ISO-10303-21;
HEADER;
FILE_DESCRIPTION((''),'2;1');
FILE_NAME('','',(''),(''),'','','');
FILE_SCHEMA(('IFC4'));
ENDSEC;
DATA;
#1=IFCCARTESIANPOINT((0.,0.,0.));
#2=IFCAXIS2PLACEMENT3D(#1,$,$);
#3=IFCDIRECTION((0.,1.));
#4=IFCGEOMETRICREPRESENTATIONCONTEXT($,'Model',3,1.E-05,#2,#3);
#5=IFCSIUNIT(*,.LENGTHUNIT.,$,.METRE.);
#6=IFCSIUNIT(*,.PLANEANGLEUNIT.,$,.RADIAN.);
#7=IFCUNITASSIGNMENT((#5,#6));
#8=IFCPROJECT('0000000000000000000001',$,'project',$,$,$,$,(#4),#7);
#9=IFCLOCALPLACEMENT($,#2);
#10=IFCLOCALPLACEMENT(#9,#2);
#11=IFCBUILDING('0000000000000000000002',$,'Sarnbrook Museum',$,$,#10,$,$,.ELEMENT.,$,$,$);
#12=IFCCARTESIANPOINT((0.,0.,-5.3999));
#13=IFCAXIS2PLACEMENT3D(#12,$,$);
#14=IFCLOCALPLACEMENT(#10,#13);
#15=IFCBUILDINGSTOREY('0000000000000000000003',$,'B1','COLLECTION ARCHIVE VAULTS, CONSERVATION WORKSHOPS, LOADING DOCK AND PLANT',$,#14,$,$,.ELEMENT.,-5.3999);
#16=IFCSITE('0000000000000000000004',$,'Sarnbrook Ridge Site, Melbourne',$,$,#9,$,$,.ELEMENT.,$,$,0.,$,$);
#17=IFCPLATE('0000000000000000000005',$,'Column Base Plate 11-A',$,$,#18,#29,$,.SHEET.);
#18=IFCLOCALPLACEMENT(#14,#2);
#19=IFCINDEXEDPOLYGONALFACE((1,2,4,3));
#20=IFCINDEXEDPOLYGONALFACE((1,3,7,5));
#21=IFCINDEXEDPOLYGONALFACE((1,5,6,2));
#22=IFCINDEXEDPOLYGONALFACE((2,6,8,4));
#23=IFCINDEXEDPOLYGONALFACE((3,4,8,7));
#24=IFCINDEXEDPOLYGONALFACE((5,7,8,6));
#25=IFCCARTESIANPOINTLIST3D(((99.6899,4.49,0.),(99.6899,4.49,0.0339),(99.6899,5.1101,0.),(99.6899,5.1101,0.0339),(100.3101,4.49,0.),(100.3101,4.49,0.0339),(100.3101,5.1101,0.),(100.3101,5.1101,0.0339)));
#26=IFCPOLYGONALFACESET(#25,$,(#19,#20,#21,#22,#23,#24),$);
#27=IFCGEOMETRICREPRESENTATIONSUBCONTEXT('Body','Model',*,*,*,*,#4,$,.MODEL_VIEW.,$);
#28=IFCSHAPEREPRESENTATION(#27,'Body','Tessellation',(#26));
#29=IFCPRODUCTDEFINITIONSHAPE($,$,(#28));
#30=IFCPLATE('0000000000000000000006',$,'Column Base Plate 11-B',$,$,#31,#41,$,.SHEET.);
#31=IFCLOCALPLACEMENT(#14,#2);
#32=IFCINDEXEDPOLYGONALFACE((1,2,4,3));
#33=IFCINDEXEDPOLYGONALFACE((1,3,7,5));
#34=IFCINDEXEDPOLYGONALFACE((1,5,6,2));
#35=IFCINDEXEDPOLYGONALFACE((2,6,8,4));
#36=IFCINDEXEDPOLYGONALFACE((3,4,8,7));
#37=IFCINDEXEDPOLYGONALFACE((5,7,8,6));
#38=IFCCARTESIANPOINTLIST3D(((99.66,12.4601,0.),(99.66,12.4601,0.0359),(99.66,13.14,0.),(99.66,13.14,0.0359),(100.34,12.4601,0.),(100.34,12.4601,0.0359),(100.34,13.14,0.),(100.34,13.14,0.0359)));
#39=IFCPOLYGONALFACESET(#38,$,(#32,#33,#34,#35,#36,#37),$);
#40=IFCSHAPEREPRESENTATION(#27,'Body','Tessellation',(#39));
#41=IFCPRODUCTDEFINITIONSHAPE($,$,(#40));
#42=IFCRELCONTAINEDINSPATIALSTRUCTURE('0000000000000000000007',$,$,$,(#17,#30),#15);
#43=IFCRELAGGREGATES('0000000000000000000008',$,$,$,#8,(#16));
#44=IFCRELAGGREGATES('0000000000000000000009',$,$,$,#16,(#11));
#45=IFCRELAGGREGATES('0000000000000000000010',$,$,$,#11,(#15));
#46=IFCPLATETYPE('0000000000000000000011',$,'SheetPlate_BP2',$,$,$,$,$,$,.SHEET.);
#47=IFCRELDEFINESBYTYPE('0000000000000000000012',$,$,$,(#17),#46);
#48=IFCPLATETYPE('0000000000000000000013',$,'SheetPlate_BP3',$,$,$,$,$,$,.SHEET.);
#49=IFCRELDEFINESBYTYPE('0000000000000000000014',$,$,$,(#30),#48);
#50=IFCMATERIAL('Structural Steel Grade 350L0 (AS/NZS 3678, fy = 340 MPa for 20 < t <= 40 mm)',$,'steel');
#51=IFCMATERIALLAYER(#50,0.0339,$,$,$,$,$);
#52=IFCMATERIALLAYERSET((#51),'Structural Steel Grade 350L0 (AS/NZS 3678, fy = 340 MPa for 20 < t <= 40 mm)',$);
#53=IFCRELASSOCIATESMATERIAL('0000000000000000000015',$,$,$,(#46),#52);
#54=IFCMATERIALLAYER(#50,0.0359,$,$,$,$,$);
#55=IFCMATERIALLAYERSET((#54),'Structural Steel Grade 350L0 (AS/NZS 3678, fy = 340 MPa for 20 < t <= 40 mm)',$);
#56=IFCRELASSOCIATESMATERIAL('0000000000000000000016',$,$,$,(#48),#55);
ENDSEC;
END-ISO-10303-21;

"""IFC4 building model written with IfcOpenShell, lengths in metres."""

from ifc_helpers import new_model, si_unit, direction, frame, origin, origin_2d, place, context, subcontext, project, spatial, rectangle, extrude, material, layer, layer_set, type_object, element, save


model = new_model("IFC4")

# Units and contexts
model_context = context("Model", 3, precision=1e-05, world=origin(), true_north=direction((0.0, 1.0)))
body_context = subcontext(model_context, "Body", "Model", "MODEL_VIEW")
ifc_project = project(units=[si_unit("LENGTHUNIT", "METRE"), si_unit("PLANEANGLEUNIT", "RADIAN")], contexts=[model_context])

# Site, building, storey
site_placement = place(None, origin())
site = spatial("IfcSite", under=ifc_project, at=site_placement, Name="Sarnbrook Ridge Site, Melbourne", CompositionType="ELEMENT", RefElevation=0.0)
building_placement = place(site_placement, origin())
building = spatial("IfcBuilding", under=site, at=building_placement, Name="Sarnbrook Museum", CompositionType="ELEMENT")
storey_placement = place(building_placement, frame((0.0, 0.0, -5.3999)))
storey = spatial("IfcBuildingStorey", under=building, at=storey_placement, Name="B1", Description="COLLECTION ARCHIVE VAULTS, CONSERVATION WORKSHOPS, LOADING DOCK AND PLANT", CompositionType="ELEMENT", Elevation=-5.3999)

# Shared definitions
ifc_material_1 = material(Name="Structural Steel Grade 350L0 (AS/NZS 3678, fy = 340 MPa for 20 < t <= 40 mm)", Category="steel")

# Plates
ifc_layer_1 = layer(ifc_material_1, 0.0339)
ifc_layer_set_1 = layer_set([ifc_layer_1], Name="Structural Steel Grade 350L0 (AS/NZS 3678, fy = 340 MPa for 20 < t <= 40 mm)")
plate_type_1 = type_object("IfcPlateType", Name="SheetPlate_BP2", PredefinedType="SHEET", material=ifc_layer_set_1)
plate_1_placement = place(storey_placement, frame((100.0, 4.8, 0.0), z_axis=(0.0, 0.0, 1.0), x_axis=(1.0, 0.0, 0.0)))
element("IfcPlate", 1, at=plate_1_placement, inside=storey, type_object=plate_type_1, Name="Column Base Plate 11-A", PredefinedType="SHEET", context=body_context, shape_type="SweptSolid", body=[
    extrude(rectangle(XDim=0.6201, YDim=0.6201, at=origin_2d()), origin(), (0.0, 0.0, 1.0), 0.0339),
])
ifc_layer_2 = layer(ifc_material_1, 0.0359)
ifc_layer_set_2 = layer_set([ifc_layer_2], Name="Structural Steel Grade 350L0 (AS/NZS 3678, fy = 340 MPa for 20 < t <= 40 mm)")
plate_type_2 = type_object("IfcPlateType", Name="SheetPlate_BP3", PredefinedType="SHEET", material=ifc_layer_set_2)
plate_2_placement = place(storey_placement, frame((100.0, 12.8, 0.0), z_axis=(0.0, 0.0, 1.0), x_axis=(1.0, 0.0, 0.0)))
element("IfcPlate", 2, at=plate_2_placement, inside=storey, type_object=plate_type_2, Name="Column Base Plate 11-B", PredefinedType="SHEET", context=body_context, shape_type="SweptSolid", body=[
    extrude(rectangle(XDim=0.6799, YDim=0.6799, at=origin_2d()), origin(), (0.0, 0.0, 1.0), 0.0359),
])

save(model, "model.ifc")
